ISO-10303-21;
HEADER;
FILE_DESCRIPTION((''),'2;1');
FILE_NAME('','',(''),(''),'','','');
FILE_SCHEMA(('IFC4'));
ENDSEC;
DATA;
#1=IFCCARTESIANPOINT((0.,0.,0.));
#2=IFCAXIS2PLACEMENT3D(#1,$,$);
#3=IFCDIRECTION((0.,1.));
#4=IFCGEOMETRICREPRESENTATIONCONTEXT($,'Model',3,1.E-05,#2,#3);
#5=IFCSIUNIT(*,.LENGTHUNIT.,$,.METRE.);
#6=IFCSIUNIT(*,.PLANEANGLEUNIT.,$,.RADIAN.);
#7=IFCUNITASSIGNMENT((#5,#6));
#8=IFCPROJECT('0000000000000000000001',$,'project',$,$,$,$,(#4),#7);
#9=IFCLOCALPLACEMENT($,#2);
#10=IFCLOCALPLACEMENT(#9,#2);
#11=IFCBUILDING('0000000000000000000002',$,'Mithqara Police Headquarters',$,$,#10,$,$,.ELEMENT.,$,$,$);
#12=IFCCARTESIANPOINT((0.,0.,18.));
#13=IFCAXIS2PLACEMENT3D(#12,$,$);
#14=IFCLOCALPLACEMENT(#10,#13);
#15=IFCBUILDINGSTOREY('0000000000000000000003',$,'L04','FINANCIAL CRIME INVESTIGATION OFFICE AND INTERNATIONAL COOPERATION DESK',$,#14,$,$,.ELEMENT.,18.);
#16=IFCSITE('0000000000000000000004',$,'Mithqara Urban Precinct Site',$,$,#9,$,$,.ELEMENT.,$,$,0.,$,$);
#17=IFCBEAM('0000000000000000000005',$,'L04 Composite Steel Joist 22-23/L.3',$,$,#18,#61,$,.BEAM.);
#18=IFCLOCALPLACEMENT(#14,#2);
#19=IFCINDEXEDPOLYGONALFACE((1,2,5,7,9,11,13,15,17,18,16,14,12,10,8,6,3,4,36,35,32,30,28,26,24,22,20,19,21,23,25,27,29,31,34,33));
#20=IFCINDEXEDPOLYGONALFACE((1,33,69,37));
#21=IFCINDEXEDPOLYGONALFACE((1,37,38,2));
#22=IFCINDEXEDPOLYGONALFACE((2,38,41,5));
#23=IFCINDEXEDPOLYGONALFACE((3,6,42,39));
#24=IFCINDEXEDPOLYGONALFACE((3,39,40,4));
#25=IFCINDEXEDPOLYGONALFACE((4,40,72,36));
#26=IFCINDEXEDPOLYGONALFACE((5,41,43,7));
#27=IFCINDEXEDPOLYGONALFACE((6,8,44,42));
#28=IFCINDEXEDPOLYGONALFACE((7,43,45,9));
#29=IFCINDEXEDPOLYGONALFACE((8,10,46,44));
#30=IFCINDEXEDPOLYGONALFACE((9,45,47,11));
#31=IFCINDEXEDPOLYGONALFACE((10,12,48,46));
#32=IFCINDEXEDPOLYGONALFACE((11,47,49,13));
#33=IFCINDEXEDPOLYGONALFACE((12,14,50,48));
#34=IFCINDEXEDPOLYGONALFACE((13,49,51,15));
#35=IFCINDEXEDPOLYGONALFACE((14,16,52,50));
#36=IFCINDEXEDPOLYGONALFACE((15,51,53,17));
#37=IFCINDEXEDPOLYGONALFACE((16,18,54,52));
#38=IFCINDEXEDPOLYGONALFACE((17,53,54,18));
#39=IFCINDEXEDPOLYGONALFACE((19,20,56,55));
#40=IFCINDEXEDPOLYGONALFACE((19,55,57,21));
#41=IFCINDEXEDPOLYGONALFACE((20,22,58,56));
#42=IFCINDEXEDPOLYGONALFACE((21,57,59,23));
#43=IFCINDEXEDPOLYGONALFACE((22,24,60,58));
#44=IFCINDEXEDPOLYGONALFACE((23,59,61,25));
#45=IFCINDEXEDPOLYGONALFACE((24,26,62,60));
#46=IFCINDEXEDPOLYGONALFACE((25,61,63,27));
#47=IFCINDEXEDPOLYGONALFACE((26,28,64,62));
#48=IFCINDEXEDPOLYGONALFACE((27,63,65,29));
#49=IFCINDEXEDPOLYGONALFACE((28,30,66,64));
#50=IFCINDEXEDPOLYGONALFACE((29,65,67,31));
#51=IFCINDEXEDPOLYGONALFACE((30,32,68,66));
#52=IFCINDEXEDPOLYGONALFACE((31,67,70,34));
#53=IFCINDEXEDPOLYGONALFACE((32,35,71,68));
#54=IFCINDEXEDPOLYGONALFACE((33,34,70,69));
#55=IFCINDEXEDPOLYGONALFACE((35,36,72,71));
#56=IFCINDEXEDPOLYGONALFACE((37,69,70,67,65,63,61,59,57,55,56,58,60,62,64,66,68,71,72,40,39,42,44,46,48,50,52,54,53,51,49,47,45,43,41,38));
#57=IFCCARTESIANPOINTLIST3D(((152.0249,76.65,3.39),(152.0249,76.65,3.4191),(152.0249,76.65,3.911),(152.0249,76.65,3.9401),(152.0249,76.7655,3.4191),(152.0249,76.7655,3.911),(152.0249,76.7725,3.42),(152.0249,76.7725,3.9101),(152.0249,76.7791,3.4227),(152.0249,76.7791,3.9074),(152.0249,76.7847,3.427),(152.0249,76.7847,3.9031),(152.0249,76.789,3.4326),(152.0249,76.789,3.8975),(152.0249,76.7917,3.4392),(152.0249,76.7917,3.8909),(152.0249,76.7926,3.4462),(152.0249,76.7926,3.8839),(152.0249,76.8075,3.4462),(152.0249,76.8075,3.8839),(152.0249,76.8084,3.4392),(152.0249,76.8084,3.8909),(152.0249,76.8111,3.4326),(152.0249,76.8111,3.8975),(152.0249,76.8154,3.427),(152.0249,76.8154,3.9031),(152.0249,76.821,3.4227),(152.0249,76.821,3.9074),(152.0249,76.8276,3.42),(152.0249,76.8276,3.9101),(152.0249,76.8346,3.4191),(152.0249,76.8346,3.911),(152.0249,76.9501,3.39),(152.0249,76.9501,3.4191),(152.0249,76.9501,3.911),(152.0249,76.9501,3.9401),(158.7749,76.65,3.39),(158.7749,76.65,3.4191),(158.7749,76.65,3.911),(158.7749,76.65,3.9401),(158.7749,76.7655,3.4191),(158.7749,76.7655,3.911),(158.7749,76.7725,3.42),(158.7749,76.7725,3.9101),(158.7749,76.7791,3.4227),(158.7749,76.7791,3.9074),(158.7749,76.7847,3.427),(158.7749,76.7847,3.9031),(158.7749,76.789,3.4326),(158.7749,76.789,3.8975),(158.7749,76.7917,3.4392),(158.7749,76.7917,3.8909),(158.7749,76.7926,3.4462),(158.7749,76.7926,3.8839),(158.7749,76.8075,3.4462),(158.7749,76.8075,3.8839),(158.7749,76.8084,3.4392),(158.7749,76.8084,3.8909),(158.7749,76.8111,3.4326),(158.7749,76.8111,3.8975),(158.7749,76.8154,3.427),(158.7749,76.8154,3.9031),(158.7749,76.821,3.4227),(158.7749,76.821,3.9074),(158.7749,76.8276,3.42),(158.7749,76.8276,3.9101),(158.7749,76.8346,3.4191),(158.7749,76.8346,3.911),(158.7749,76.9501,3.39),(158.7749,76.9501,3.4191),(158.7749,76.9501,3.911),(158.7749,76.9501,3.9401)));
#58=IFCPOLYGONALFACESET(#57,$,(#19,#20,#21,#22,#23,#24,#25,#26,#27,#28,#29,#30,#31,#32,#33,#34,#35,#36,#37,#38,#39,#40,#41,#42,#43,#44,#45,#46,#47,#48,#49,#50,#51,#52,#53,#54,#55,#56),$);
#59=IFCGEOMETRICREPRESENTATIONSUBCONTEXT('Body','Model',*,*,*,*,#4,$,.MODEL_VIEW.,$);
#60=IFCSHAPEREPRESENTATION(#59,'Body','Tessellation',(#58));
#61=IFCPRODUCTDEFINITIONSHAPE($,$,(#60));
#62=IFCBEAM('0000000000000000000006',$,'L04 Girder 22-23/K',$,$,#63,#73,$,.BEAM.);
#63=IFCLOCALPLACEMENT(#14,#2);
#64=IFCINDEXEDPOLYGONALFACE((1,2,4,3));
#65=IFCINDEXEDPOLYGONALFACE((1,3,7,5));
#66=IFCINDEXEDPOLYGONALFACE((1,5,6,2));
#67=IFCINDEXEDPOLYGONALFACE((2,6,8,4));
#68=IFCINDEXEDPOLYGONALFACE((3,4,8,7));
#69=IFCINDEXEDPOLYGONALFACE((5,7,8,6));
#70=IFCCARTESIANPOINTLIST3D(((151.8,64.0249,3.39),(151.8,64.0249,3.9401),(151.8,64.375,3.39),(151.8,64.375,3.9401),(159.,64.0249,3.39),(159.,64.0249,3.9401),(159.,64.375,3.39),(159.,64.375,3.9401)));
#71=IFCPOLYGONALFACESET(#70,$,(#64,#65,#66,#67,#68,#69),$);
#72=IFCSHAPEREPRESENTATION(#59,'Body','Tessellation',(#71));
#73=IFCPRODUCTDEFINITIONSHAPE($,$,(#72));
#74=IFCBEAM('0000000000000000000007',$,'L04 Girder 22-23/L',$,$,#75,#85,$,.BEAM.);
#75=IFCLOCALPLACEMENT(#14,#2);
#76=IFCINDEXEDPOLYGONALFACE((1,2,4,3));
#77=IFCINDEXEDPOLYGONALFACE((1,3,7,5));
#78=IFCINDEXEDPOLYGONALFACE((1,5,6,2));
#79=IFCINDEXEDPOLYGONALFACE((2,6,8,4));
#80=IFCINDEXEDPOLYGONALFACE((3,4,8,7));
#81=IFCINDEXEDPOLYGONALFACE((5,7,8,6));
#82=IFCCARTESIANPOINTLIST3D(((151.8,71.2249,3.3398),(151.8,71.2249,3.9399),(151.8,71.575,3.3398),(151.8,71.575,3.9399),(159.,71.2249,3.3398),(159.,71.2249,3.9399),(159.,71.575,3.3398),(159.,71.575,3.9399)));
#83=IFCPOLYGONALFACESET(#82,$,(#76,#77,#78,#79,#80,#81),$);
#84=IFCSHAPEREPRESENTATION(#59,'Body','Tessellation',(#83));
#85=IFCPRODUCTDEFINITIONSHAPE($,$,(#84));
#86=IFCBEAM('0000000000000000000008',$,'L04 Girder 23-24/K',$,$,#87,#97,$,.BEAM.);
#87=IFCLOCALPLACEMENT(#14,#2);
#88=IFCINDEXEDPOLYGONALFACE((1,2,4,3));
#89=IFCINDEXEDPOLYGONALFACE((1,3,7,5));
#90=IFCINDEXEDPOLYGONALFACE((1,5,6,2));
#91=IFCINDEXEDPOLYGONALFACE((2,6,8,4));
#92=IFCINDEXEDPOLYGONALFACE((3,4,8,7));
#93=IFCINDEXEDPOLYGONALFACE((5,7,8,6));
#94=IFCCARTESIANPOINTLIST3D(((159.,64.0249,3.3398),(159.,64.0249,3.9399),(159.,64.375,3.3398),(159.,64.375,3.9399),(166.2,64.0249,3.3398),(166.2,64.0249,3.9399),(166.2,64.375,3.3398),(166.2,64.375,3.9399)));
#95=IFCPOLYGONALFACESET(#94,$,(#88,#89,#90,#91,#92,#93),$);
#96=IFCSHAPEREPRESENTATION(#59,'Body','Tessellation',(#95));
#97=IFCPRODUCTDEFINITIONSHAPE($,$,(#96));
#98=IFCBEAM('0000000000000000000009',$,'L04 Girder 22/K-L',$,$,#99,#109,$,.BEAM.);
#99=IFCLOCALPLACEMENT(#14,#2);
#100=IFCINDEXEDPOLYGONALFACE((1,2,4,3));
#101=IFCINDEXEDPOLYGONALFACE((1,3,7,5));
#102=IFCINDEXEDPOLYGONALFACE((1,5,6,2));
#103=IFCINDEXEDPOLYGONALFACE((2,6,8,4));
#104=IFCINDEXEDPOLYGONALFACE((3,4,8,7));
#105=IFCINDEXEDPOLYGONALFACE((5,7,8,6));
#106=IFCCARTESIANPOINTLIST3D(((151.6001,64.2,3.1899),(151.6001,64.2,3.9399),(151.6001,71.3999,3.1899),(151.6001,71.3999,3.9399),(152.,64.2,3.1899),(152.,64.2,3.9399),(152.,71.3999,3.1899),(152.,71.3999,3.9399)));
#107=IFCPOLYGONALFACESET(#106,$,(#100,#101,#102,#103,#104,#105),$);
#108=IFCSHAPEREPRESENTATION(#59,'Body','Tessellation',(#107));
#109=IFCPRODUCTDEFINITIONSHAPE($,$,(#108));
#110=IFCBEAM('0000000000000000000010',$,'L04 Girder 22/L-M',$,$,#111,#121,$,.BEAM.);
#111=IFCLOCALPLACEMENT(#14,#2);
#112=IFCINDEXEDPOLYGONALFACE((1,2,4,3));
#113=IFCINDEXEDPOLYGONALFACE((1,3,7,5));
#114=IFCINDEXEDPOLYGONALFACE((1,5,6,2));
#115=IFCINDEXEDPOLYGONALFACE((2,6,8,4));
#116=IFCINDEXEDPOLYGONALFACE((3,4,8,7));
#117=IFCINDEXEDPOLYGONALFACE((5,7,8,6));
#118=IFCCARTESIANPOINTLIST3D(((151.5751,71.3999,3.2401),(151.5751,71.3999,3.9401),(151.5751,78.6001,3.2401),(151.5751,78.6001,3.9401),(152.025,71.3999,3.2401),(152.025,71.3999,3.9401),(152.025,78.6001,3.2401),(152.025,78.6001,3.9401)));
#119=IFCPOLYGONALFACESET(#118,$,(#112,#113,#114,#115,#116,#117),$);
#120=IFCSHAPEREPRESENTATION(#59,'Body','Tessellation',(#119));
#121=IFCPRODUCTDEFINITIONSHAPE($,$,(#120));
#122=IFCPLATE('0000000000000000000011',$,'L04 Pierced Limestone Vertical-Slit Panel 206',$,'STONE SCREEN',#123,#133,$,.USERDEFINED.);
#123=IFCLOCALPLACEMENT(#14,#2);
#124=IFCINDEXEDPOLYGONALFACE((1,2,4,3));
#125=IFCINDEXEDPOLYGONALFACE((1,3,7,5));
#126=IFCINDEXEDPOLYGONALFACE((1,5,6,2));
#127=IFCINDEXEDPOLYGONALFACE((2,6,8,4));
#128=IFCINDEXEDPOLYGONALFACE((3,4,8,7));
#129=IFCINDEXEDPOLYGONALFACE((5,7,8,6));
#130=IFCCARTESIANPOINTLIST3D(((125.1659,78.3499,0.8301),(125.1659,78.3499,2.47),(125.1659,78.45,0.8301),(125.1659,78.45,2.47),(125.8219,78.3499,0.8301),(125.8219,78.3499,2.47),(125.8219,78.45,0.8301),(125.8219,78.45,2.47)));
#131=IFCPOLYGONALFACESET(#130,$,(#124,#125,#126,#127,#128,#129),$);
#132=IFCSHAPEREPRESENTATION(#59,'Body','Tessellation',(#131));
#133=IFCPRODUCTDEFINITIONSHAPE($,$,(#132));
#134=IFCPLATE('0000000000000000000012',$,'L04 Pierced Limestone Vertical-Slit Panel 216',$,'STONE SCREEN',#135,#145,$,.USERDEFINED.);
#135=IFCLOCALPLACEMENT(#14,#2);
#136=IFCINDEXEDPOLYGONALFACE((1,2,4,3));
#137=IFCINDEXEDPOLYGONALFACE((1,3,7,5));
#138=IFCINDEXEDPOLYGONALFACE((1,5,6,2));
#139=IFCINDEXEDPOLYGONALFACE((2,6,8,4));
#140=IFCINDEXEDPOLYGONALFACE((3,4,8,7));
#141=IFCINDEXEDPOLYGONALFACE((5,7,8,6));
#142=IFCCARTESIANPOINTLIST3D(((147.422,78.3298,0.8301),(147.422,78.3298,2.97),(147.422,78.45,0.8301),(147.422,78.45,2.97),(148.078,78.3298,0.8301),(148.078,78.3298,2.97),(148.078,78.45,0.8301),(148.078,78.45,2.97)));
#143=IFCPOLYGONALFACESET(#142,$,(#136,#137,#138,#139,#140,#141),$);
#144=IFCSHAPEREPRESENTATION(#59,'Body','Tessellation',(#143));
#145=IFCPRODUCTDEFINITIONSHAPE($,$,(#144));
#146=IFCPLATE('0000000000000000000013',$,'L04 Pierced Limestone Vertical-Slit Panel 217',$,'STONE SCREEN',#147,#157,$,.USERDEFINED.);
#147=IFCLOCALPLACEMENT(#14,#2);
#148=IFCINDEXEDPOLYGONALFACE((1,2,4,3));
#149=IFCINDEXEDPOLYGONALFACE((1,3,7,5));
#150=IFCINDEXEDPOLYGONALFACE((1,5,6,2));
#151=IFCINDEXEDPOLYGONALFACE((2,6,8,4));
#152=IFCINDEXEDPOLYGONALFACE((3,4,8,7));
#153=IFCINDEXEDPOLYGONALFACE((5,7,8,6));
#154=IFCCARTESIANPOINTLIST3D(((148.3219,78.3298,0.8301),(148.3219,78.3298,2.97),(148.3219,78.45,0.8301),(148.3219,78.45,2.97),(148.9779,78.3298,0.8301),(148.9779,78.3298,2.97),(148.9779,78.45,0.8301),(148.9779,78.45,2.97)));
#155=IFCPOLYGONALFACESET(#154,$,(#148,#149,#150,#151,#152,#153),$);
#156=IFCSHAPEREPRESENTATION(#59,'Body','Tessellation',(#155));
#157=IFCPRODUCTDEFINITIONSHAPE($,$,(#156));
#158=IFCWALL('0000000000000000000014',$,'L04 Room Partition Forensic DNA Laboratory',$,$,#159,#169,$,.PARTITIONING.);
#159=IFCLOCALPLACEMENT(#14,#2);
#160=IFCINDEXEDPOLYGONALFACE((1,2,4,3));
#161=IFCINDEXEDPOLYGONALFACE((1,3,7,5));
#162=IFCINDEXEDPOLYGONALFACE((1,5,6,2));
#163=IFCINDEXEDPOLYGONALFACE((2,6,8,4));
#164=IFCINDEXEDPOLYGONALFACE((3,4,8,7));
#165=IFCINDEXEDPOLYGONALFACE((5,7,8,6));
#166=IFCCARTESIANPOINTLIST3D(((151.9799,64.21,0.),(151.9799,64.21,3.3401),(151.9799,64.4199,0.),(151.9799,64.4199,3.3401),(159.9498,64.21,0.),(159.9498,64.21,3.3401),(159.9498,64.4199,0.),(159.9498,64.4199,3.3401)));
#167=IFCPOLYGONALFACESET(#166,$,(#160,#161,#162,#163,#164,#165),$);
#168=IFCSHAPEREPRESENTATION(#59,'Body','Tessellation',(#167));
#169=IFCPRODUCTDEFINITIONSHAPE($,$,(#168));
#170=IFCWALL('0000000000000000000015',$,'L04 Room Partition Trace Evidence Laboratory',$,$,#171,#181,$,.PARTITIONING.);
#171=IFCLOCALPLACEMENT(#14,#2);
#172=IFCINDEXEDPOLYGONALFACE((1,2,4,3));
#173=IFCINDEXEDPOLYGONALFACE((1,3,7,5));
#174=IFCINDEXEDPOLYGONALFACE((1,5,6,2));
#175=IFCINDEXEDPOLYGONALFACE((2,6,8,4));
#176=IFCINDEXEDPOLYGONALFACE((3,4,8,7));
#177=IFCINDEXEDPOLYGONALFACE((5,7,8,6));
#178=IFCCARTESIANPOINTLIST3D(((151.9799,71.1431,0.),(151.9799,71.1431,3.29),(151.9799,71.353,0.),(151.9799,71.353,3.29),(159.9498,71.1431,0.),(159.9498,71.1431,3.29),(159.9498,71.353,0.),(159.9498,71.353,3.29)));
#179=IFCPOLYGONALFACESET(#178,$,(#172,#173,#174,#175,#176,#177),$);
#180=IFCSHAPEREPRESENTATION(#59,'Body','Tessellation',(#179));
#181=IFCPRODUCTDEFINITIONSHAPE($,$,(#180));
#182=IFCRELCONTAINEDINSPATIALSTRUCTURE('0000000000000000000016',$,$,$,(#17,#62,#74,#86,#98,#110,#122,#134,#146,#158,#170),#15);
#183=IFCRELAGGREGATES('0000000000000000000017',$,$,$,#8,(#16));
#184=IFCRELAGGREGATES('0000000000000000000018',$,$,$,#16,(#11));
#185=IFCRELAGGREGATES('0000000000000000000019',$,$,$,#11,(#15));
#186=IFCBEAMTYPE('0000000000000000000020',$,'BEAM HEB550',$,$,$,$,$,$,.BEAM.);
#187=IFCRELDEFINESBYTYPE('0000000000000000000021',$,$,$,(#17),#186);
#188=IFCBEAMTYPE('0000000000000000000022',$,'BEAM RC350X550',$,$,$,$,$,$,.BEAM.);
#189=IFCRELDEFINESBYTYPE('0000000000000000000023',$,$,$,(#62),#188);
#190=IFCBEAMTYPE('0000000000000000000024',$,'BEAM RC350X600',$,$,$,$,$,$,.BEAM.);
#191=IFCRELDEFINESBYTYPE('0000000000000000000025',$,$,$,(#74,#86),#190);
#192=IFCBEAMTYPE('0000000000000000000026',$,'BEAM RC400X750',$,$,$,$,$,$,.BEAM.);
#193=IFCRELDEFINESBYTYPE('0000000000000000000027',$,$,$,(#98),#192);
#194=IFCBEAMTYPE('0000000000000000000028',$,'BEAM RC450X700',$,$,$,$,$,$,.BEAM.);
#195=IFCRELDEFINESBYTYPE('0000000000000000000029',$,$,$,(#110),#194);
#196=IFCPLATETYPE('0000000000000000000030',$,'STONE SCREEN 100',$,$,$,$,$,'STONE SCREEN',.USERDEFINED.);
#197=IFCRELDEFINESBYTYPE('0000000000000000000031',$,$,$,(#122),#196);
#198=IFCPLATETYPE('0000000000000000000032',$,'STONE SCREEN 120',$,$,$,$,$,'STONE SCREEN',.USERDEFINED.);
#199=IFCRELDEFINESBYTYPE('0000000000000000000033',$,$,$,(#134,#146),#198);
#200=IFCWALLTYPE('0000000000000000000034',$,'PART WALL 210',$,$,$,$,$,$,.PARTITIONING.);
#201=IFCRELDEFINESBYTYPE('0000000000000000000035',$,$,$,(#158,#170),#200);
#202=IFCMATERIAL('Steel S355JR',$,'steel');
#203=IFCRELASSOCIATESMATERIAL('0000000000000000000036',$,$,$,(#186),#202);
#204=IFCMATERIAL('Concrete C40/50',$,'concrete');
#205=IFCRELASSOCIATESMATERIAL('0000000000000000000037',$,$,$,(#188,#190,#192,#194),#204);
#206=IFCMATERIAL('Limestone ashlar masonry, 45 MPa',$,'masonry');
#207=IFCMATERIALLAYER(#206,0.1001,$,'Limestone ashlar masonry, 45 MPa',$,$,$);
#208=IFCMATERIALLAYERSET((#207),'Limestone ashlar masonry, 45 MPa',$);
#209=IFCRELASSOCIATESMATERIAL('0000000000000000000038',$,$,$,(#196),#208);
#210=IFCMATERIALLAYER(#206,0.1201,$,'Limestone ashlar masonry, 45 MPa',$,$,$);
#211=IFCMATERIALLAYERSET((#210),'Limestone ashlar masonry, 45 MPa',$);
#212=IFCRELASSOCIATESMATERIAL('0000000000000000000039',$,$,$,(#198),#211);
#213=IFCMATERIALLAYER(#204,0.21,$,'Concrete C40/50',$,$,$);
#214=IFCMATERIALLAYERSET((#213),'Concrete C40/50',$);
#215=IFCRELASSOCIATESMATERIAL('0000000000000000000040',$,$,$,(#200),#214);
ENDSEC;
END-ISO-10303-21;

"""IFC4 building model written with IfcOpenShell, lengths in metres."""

from ifc_helpers import new_model, si_unit, direction, frame, frame_2d, origin, origin_2d, place, context, subcontext, project, spatial, rectangle, i_section, extrude, material, layer, layer_set, material_profile, profile_set, type_object, element, save


model = new_model("IFC4")

# Units and contexts
model_context = context("Model", 3, precision=1e-05, world=origin(), true_north=direction((0.0, 1.0)))
body_context = subcontext(model_context, "Body", "Model", "MODEL_VIEW")
ifc_project = project(units=[si_unit("LENGTHUNIT", "METRE"), si_unit("PLANEANGLEUNIT", "RADIAN")], contexts=[model_context])

# Site, building, storey
site_placement = place(None, origin())
site = spatial("IfcSite", under=ifc_project, at=site_placement, Name="Mithqara Urban Precinct Site", CompositionType="ELEMENT", RefElevation=0.0)
building_placement = place(site_placement, origin())
building = spatial("IfcBuilding", under=site, at=building_placement, Name="Mithqara Police Headquarters", CompositionType="ELEMENT")
storey_placement = place(building_placement, frame((0.0, 0.0, 18.0)))
storey = spatial("IfcBuildingStorey", under=building, at=storey_placement, Name="L04", Description="FINANCIAL CRIME INVESTIGATION OFFICE AND INTERNATIONAL COOPERATION DESK", CompositionType="ELEMENT", Elevation=18.0)

# Beams
ifc_material_1 = material(Name="Steel S355JR", Category="steel")
ifc_material_profile_1 = material_profile(ifc_material_1, i_section(OverallWidth=0.3, OverallDepth=0.55, WebThickness=0.0149, FlangeThickness=0.0291, FilletRadius=0.0271, at=origin_2d()), Name="HEB 550")
ifc_profile_set_1 = profile_set([ifc_material_profile_1], Name="Steel S355JR")
beam_type_1 = type_object("IfcBeamType", Name="BEAM HEB550", PredefinedType="BEAM", material=ifc_profile_set_1)
for number, where, z_axis, x_axis, name in (
    (1, (152.0249, 76.8, 3.665), (1.0, 0.0, 0.0), (0.0, 1.0, 0.0), "L04 Composite Steel Joist 22-23/L.3"),
):
    element("IfcBeam", number, at=place(storey_placement, frame(where, z_axis=z_axis, x_axis=x_axis)), inside=storey, type_object=beam_type_1, Name=name, PredefinedType="BEAM", context=body_context, shape_type="SweptSolid", body=[
        extrude(i_section(OverallWidth=0.3, OverallDepth=0.55, WebThickness=0.0149, FlangeThickness=0.0291, FilletRadius=0.0271, at=origin_2d()), origin(), (0.0, 0.0, 1.0), 6.75),
    ])
ifc_material_2 = material(Name="Concrete C40/50", Category="concrete")
ifc_material_profile_2 = material_profile(ifc_material_2, rectangle(XDim=0.3501, YDim=0.55, at=origin_2d()), Name="RC 350x550")
ifc_profile_set_2 = profile_set([ifc_material_profile_2], Name="Concrete C40/50")
beam_type_2 = type_object("IfcBeamType", Name="BEAM RC350X550", PredefinedType="BEAM", material=ifc_profile_set_2)
beam_1_placement = place(storey_placement, frame((151.8, 64.2, 3.665), z_axis=(1.0, 0.0, 0.0), x_axis=(0.0, 1.0, 0.0)))
element("IfcBeam", 2, at=beam_1_placement, inside=storey, type_object=beam_type_2, Name="L04 Girder 22-23/K", PredefinedType="BEAM", context=body_context, shape_type="SweptSolid", body=[
    extrude(rectangle(XDim=0.3501, YDim=0.55, at=origin_2d()), origin(), (0.0, 0.0, 1.0), 7.2),
])
ifc_material_profile_3 = material_profile(ifc_material_2, rectangle(XDim=0.3501, YDim=0.6001, at=origin_2d()), Name="RC 350x600")
ifc_profile_set_3 = profile_set([ifc_material_profile_3], Name="Concrete C40/50")
beam_type_3 = type_object("IfcBeamType", Name="BEAM RC350X600", PredefinedType="BEAM", material=ifc_profile_set_3)
for number, where, z_axis, x_axis, name in (
    (3, (151.8, 71.3999, 3.6399), (1.0, 0.0, 0.0), (0.0, 1.0, 0.0), "L04 Girder 22-23/L"),
    (4, (159.0, 64.2, 3.6399), (1.0, 0.0, 0.0), (0.0, 1.0, 0.0), "L04 Girder 23-24/K"),
):
    element("IfcBeam", number, at=place(storey_placement, frame(where, z_axis=z_axis, x_axis=x_axis)), inside=storey, type_object=beam_type_3, Name=name, PredefinedType="BEAM", context=body_context, shape_type="SweptSolid", body=[
        extrude(rectangle(XDim=0.3501, YDim=0.6001, at=origin_2d()), origin(), (0.0, 0.0, 1.0), 7.2),
    ])
ifc_material_profile_4 = material_profile(ifc_material_2, rectangle(XDim=0.3999, YDim=0.75, at=origin_2d()), Name="RC 400x750")
ifc_profile_set_4 = profile_set([ifc_material_profile_4], Name="Concrete C40/50")
beam_type_4 = type_object("IfcBeamType", Name="BEAM RC400X750", PredefinedType="BEAM", material=ifc_profile_set_4)
beam_2_placement = place(storey_placement, frame((151.8, 64.2, 3.5649), z_axis=(0.0, 1.0, 0.0), x_axis=(-1.0, 0.0, 0.0)))
element("IfcBeam", 5, at=beam_2_placement, inside=storey, type_object=beam_type_4, Name="L04 Girder 22/K-L", PredefinedType="BEAM", context=body_context, shape_type="SweptSolid", body=[
    extrude(rectangle(XDim=0.3999, YDim=0.75, at=origin_2d()), origin(), (0.0, 0.0, 1.0), 7.2),
])
ifc_material_profile_5 = material_profile(ifc_material_2, rectangle(XDim=0.45, YDim=0.7, at=origin_2d()), Name="RC 450x700")
ifc_profile_set_5 = profile_set([ifc_material_profile_5], Name="Concrete C40/50")
beam_type_5 = type_object("IfcBeamType", Name="BEAM RC450X700", PredefinedType="BEAM", material=ifc_profile_set_5)
beam_3_placement = place(storey_placement, frame((151.8, 71.3999, 3.5901), z_axis=(0.0, 1.0, 0.0), x_axis=(-1.0, 0.0, 0.0)))
element("IfcBeam", 6, at=beam_3_placement, inside=storey, type_object=beam_type_5, Name="L04 Girder 22/L-M", PredefinedType="BEAM", context=body_context, shape_type="SweptSolid", body=[
    extrude(rectangle(XDim=0.45, YDim=0.7, at=origin_2d()), origin(), (0.0, 0.0, 1.0), 7.2002),
])

# Plates
ifc_material_3 = material(Name="Limestone ashlar masonry, 45 MPa", Category="masonry")
ifc_layer_1 = layer(ifc_material_3, 0.1001, Name="Limestone ashlar masonry, 45 MPa")
ifc_layer_set_1 = layer_set([ifc_layer_1], Name="Limestone ashlar masonry, 45 MPa")
plate_type_1 = type_object("IfcPlateType", Name="STONE SCREEN 100", ElementType="STONE SCREEN", PredefinedType="USERDEFINED", material=ifc_layer_set_1)
plate_placement = place(storey_placement, frame((125.4939, 78.3999, 0.8301), z_axis=(0.0, 0.0, 1.0), x_axis=(1.0, 0.0, 0.0)))
element("IfcPlate", 7, at=plate_placement, inside=storey, type_object=plate_type_1, Name="L04 Pierced Limestone Vertical-Slit Panel 206", ObjectType="STONE SCREEN", PredefinedType="USERDEFINED", context=body_context, shape_type="SweptSolid", body=[
    extrude(rectangle(XDim=0.656, YDim=0.1001, at=origin_2d()), origin(), (0.0, 0.0, 1.0), 1.6399),
])
ifc_layer_2 = layer(ifc_material_3, 0.1201, Name="Limestone ashlar masonry, 45 MPa")
ifc_layer_set_2 = layer_set([ifc_layer_2], Name="Limestone ashlar masonry, 45 MPa")
plate_type_2 = type_object("IfcPlateType", Name="STONE SCREEN 120", ElementType="STONE SCREEN", PredefinedType="USERDEFINED", material=ifc_layer_set_2)
for number, where, z_axis, x_axis, name in (
    (8, (147.75, 78.3899, 0.8301), (0.0, 0.0, 1.0), (1.0, 0.0, 0.0), "L04 Pierced Limestone Vertical-Slit Panel 216"),
    (9, (148.6499, 78.3899, 0.8301), (0.0, 0.0, 1.0), (1.0, 0.0, 0.0), "L04 Pierced Limestone Vertical-Slit Panel 217"),
):
    element("IfcPlate", number, at=place(storey_placement, frame(where, z_axis=z_axis, x_axis=x_axis)), inside=storey, type_object=plate_type_2, Name=name, ObjectType="STONE SCREEN", PredefinedType="USERDEFINED", context=body_context, shape_type="SweptSolid", body=[
        extrude(rectangle(XDim=0.656, YDim=0.1201, at=origin_2d()), origin(), (0.0, 0.0, 1.0), 2.1399),
    ])

# Walls
ifc_layer_3 = layer(ifc_material_2, 0.21, Name="Concrete C40/50")
ifc_layer_set_3 = layer_set([ifc_layer_3], Name="Concrete C40/50")
wall_type = type_object("IfcWallType", Name="PART WALL 210", PredefinedType="PARTITIONING", material=ifc_layer_set_3)
wall_1_placement = place(storey_placement, frame((151.98, 64.3149, 0.0), z_axis=(0.0, 0.0, 1.0), x_axis=(1.0, 0.0, 0.0)))
element("IfcWall", 10, at=wall_1_placement, inside=storey, type_object=wall_type, Name="L04 Room Partition Forensic DNA Laboratory", PredefinedType="PARTITIONING", context=body_context, shape_type="SweptSolid", body=[
    extrude(rectangle(XDim=7.97, YDim=0.21, at=frame_2d((3.9849, 0.0))), origin(), (0.0, 0.0, 1.0), 3.3401),
])
wall_2_placement = place(storey_placement, frame((151.98, 71.248, 0.0), z_axis=(0.0, 0.0, 1.0), x_axis=(1.0, 0.0, 0.0)))
element("IfcWall", 11, at=wall_2_placement, inside=storey, type_object=wall_type, Name="L04 Room Partition Trace Evidence Laboratory", PredefinedType="PARTITIONING", context=body_context, shape_type="SweptSolid", body=[
    extrude(rectangle(XDim=7.97, YDim=0.21, at=frame_2d((3.9849, 0.0))), origin(), (0.0, 0.0, 1.0), 3.29),
])

save(model, "model.ifc")
